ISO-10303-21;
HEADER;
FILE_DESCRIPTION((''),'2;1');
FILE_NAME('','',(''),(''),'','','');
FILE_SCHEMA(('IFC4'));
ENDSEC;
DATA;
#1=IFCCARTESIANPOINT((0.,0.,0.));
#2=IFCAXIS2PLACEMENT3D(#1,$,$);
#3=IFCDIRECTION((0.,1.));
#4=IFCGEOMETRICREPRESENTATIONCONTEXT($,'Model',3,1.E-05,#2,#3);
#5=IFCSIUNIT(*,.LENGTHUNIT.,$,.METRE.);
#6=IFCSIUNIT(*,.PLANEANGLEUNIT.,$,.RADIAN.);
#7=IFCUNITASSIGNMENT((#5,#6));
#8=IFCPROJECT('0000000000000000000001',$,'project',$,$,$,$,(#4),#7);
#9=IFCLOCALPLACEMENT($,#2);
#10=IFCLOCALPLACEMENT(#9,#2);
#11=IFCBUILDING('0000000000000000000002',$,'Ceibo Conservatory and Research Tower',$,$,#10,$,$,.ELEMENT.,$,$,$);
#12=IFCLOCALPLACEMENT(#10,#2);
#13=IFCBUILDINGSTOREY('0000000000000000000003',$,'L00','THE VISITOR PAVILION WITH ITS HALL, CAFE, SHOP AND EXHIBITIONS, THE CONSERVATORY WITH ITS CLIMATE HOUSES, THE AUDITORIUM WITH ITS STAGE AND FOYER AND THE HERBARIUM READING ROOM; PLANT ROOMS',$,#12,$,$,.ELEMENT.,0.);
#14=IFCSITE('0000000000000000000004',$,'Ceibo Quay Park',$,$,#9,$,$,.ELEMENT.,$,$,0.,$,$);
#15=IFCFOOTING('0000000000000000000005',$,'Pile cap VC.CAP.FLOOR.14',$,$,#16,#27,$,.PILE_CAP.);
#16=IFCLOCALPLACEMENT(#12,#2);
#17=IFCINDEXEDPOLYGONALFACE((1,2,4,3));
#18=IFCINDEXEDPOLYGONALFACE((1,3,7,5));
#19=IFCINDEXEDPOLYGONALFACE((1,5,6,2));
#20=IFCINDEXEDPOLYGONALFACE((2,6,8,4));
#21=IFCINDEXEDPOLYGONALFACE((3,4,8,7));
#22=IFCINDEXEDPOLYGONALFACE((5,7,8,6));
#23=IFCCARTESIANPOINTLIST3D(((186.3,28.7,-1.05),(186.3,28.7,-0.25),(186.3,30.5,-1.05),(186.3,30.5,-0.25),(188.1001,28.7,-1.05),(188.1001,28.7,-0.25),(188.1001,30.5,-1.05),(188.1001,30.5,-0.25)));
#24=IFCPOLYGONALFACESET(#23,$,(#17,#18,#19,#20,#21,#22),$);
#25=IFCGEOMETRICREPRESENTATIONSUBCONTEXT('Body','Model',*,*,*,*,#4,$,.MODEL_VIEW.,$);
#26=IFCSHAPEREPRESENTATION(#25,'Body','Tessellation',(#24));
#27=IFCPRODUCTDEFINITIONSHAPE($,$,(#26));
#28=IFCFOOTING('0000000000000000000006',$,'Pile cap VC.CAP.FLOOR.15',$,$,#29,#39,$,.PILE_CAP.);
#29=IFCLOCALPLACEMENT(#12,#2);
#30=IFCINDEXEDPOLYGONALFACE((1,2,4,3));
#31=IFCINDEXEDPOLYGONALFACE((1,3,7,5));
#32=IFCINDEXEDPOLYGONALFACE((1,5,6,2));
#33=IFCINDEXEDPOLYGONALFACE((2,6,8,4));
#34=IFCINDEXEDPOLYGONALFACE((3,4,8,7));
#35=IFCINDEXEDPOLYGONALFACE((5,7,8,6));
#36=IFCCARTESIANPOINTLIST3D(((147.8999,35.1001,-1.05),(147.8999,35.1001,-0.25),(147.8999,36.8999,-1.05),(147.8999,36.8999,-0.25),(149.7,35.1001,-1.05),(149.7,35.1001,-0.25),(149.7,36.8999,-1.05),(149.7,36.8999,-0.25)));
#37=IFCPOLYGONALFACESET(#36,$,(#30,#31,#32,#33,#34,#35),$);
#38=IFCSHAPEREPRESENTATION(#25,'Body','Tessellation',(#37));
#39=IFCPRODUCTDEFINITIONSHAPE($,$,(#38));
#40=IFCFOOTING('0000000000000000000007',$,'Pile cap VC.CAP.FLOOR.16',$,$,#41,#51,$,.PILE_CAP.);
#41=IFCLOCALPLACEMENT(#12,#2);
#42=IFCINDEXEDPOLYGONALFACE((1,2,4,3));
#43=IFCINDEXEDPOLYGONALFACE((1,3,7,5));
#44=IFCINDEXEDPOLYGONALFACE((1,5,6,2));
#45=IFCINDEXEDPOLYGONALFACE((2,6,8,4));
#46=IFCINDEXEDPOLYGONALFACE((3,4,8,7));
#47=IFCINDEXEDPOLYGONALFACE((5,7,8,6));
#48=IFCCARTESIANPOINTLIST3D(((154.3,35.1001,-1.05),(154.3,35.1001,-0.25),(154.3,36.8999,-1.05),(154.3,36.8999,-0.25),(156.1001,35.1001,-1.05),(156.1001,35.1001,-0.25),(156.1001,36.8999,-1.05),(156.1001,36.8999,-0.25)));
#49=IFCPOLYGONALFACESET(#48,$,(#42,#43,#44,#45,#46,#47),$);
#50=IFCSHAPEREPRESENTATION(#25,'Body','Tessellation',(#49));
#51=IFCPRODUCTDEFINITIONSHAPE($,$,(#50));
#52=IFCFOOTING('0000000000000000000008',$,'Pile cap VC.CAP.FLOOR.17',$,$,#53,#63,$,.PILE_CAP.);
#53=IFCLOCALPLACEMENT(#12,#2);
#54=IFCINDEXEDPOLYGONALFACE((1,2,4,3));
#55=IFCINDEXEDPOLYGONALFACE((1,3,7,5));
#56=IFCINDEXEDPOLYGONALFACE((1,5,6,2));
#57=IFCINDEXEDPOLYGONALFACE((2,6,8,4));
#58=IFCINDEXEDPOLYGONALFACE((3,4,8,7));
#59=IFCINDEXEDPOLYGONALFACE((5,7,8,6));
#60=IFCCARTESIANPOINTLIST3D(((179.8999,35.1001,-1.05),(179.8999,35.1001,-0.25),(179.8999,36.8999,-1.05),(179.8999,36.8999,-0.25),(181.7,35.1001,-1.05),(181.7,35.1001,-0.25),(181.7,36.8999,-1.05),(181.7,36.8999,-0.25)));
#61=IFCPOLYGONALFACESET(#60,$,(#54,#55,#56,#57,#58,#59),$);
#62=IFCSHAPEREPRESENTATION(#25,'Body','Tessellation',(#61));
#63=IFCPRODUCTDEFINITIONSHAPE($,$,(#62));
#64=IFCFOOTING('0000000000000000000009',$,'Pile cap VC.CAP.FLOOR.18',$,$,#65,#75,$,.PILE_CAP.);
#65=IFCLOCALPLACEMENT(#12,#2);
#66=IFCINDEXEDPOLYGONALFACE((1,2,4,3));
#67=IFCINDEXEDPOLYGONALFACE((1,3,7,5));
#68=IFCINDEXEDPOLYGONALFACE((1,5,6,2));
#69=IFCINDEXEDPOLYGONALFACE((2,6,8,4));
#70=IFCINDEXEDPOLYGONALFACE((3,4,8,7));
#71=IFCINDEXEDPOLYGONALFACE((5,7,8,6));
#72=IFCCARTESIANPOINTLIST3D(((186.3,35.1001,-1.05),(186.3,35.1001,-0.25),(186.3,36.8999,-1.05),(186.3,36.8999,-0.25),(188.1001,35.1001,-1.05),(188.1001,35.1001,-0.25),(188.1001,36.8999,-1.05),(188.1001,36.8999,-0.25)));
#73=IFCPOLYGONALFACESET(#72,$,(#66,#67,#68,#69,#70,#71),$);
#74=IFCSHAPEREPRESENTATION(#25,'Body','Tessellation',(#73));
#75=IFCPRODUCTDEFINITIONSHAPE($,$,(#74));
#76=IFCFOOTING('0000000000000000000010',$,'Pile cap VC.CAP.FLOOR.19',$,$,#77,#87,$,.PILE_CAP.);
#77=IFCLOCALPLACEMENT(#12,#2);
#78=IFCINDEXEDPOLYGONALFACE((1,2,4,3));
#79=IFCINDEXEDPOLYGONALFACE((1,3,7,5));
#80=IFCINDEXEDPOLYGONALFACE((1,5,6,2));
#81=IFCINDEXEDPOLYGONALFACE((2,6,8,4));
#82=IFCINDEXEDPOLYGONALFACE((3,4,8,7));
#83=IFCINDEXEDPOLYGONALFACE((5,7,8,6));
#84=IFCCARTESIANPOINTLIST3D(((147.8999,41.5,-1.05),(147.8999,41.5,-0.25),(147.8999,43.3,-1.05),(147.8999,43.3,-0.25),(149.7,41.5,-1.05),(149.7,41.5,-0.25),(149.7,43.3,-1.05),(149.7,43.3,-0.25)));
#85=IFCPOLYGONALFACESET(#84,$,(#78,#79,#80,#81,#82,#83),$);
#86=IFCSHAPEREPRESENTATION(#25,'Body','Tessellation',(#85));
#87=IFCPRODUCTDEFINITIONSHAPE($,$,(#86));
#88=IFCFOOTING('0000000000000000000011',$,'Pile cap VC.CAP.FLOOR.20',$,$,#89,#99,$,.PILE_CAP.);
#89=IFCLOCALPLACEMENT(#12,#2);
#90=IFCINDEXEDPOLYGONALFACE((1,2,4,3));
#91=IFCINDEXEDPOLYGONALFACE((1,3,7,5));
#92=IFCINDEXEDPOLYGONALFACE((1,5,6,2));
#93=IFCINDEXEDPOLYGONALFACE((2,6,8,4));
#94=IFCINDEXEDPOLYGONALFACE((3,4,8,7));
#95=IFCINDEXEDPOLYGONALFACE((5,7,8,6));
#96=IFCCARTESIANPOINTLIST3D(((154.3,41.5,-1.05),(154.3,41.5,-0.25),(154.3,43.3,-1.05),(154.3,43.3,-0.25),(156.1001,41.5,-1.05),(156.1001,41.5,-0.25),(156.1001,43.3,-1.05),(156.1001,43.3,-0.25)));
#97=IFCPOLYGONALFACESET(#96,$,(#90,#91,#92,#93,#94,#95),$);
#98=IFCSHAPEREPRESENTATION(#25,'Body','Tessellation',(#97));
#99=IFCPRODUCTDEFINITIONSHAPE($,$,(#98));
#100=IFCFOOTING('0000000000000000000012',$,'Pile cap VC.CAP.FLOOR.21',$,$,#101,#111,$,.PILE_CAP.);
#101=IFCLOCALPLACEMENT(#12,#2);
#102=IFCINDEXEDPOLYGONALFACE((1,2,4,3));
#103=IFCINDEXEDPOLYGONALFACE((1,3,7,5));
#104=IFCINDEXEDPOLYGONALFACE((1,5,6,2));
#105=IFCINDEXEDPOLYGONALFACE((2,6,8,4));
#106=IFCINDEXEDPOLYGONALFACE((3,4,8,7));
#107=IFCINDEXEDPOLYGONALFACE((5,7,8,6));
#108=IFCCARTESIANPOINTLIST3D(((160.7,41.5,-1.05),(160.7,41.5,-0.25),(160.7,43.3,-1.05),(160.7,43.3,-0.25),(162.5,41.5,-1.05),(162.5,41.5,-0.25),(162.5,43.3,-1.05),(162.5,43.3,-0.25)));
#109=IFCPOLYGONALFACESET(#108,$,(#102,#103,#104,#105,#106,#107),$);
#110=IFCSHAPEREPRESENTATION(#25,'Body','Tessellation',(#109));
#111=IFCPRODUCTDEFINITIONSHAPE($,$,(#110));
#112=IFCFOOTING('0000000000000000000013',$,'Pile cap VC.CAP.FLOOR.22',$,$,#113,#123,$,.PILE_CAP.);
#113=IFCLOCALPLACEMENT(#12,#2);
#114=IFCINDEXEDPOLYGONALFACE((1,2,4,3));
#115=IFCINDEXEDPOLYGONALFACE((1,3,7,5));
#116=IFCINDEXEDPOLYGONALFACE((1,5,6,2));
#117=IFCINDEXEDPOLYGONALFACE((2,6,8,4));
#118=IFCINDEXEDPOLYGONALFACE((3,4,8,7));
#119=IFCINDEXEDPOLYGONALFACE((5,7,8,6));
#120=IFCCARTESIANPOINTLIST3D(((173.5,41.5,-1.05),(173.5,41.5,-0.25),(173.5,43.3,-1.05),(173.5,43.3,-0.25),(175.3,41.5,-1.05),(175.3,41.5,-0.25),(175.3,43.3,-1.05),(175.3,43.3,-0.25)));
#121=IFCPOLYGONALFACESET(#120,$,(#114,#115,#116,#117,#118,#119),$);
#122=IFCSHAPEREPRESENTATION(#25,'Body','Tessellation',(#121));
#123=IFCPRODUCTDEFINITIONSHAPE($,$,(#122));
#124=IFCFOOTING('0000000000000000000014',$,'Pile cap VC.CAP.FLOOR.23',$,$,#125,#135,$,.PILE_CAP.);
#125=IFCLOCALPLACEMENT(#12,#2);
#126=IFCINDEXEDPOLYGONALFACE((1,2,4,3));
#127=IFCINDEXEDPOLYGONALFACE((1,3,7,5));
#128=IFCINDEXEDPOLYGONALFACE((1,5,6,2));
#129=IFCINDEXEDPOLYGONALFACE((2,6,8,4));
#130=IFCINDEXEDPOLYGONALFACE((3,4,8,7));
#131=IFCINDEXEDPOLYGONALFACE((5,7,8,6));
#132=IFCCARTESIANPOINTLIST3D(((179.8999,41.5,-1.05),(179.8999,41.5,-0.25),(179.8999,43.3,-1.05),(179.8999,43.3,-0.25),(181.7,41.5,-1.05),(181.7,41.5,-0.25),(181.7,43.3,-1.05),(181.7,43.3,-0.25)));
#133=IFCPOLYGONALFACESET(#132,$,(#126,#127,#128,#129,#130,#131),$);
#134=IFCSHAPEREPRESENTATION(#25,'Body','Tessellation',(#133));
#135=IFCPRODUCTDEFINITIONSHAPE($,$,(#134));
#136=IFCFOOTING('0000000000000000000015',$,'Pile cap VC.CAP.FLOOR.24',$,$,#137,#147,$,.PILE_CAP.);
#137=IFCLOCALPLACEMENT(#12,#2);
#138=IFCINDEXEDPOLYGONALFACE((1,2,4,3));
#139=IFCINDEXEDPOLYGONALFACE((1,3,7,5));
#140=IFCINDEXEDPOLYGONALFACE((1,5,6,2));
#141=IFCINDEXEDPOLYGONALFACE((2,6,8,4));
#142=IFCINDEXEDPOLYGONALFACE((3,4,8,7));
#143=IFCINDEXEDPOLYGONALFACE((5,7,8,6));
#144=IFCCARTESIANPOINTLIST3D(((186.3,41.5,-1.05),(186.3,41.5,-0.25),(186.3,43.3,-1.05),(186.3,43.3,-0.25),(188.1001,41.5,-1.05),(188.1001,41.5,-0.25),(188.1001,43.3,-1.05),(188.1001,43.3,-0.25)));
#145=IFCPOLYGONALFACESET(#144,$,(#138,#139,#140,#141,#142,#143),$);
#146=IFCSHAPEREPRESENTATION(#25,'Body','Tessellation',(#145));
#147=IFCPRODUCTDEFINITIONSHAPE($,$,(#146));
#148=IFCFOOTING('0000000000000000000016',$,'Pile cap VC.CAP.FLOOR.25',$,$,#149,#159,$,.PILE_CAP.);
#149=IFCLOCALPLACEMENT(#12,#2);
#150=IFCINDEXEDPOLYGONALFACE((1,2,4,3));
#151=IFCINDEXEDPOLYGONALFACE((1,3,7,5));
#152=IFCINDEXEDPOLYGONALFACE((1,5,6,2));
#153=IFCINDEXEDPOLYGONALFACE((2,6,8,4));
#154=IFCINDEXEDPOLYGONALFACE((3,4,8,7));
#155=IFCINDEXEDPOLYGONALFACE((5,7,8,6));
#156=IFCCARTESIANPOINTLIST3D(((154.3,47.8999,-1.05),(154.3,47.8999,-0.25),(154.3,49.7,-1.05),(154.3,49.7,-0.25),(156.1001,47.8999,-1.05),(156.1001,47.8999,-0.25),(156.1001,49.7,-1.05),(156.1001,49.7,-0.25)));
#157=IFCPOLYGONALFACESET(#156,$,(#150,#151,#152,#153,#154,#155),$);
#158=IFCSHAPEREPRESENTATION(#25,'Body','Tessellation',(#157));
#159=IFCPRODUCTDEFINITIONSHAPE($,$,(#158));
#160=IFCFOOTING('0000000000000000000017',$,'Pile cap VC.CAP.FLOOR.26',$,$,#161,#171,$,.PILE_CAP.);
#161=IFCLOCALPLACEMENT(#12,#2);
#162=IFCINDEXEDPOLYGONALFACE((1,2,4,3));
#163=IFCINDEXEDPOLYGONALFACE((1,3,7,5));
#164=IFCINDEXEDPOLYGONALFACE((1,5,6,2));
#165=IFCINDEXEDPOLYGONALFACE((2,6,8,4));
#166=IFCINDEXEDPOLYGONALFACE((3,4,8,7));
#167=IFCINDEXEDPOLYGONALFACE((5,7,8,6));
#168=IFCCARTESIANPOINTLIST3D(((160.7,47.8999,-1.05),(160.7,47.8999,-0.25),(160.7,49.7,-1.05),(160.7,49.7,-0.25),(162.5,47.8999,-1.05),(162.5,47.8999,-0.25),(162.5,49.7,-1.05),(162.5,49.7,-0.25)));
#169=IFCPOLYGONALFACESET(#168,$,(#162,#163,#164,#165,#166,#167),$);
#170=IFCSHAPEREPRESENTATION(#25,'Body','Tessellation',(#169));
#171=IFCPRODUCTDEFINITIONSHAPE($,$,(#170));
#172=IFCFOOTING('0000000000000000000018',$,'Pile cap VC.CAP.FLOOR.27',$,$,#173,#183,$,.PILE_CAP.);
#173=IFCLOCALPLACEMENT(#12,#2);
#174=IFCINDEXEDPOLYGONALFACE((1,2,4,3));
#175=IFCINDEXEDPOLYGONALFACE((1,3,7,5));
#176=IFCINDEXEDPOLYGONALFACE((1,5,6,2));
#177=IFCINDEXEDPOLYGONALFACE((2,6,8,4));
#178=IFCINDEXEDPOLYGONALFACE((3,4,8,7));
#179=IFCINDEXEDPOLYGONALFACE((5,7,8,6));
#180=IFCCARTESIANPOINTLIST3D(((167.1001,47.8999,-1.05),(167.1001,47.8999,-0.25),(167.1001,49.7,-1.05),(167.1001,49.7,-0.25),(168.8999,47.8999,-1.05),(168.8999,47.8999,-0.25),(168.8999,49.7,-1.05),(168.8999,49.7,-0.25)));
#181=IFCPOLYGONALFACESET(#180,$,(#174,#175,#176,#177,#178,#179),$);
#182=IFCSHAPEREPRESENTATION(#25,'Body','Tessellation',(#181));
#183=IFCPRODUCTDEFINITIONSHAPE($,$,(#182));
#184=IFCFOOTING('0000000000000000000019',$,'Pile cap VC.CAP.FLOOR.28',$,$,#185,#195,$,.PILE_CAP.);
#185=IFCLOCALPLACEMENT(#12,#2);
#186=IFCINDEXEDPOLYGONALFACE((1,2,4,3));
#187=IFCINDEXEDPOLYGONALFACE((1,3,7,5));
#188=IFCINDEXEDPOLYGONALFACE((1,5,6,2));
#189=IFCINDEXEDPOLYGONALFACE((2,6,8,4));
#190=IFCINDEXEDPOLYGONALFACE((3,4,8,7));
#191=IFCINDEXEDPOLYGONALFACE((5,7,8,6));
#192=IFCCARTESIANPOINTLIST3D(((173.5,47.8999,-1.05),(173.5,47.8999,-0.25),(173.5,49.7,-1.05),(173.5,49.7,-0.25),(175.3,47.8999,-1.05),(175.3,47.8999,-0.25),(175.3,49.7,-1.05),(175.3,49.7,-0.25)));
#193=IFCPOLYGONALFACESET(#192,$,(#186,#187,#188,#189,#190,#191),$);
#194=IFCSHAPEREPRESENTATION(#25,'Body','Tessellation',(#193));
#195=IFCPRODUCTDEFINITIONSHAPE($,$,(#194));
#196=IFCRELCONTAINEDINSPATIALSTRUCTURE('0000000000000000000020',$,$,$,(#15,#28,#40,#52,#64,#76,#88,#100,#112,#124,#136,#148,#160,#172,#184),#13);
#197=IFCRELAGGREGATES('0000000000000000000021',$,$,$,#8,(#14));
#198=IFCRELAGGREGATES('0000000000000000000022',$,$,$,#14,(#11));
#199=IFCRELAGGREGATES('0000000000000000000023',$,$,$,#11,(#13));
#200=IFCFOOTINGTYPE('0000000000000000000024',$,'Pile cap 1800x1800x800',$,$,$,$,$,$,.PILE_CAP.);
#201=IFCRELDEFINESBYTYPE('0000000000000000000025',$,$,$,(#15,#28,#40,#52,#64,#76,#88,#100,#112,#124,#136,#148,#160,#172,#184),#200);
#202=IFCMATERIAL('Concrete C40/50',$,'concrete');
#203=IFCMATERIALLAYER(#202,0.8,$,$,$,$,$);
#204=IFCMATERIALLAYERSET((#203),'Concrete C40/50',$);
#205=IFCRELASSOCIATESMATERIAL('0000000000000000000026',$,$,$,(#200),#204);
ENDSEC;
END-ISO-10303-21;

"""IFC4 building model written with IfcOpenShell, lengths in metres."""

from ifc_helpers import new_model, si_unit, direction, frame, origin, place, context, subcontext, project, spatial, polyline, outline, extrude, material, layer, layer_set, type_object, element, save


model = new_model("IFC4")

# Units and contexts
model_context = context("Model", 3, precision=1e-05, world=origin(), true_north=direction((0.0, 1.0)))
body_context = subcontext(model_context, "Body", "Model", "MODEL_VIEW")
ifc_project = project(units=[si_unit("LENGTHUNIT", "METRE"), si_unit("PLANEANGLEUNIT", "RADIAN")], contexts=[model_context])

# Site, building, storey
site_placement = place(None, origin())
site = spatial("IfcSite", under=ifc_project, at=site_placement, Name="Ceibo Quay Park", CompositionType="ELEMENT", RefElevation=0.0)
building_placement = place(site_placement, origin())
building = spatial("IfcBuilding", under=site, at=building_placement, Name="Ceibo Conservatory and Research Tower", CompositionType="ELEMENT")
storey_placement = place(building_placement, origin())
storey = spatial("IfcBuildingStorey", under=building, at=storey_placement, Name="L00", Description="THE VISITOR PAVILION WITH ITS HALL, CAFE, SHOP AND EXHIBITIONS, THE CONSERVATORY WITH ITS CLIMATE HOUSES, THE AUDITORIUM WITH ITS STAGE AND FOYER AND THE HERBARIUM READING ROOM; PLANT ROOMS", CompositionType="ELEMENT", Elevation=0.0)

# Footings
ifc_material = material(Name="Concrete C40/50", Category="concrete")
ifc_layer_1 = layer(ifc_material, 0.8)
ifc_layer_set_1 = layer_set([ifc_layer_1], Name="Concrete C40/50")
footing_type_1 = type_object("IfcFootingType", Name="Pile cap 1800x1800x800", PredefinedType="PILE_CAP", material=ifc_layer_set_1)
footing_1_placement = place(storey_placement, frame((0.0, 0.0, -1.05)))
element("IfcFooting", 1, at=footing_1_placement, inside=storey, type_object=footing_type_1, Name="Pile cap VC.CAP.FLOOR.14", PredefinedType="PILE_CAP", context=body_context, shape_type="SweptSolid", body=[
    extrude(outline(polyline([(186.3, 28.7), (188.1001, 28.7), (188.1001, 30.5), (186.3, 30.5), (186.3, 28.7)])), origin(), (0.0, 0.0, 1.0), 0.8),
])
footing_2_placement = place(storey_placement, frame((0.0, 0.0, -1.05)))
element("IfcFooting", 2, at=footing_2_placement, inside=storey, type_object=footing_type_1, Name="Pile cap VC.CAP.FLOOR.15", PredefinedType="PILE_CAP", context=body_context, shape_type="SweptSolid", body=[
    extrude(outline(polyline([(147.8999, 35.1001), (149.7, 35.1001), (149.7, 36.8999), (147.8999, 36.8999), (147.8999, 35.1001)])), origin(), (0.0, 0.0, 1.0), 0.8),
])
footing_3_placement = place(storey_placement, frame((0.0, 0.0, -1.05)))
element("IfcFooting", 3, at=footing_3_placement, inside=storey, type_object=footing_type_1, Name="Pile cap VC.CAP.FLOOR.16", PredefinedType="PILE_CAP", context=body_context, shape_type="SweptSolid", body=[
    extrude(outline(polyline([(154.3, 35.1001), (156.1001, 35.1001), (156.1001, 36.8999), (154.3, 36.8999), (154.3, 35.1001)])), origin(), (0.0, 0.0, 1.0), 0.8),
])
footing_4_placement = place(storey_placement, frame((0.0, 0.0, -1.05)))
element("IfcFooting", 4, at=footing_4_placement, inside=storey, type_object=footing_type_1, Name="Pile cap VC.CAP.FLOOR.17", PredefinedType="PILE_CAP", context=body_context, shape_type="SweptSolid", body=[
    extrude(outline(polyline([(179.8999, 35.1001), (181.7, 35.1001), (181.7, 36.8999), (179.8999, 36.8999), (179.8999, 35.1001)])), origin(), (0.0, 0.0, 1.0), 0.8),
])
footing_5_placement = place(storey_placement, frame((0.0, 0.0, -1.05)))
element("IfcFooting", 5, at=footing_5_placement, inside=storey, type_object=footing_type_1, Name="Pile cap VC.CAP.FLOOR.18", PredefinedType="PILE_CAP", context=body_context, shape_type="SweptSolid", body=[
    extrude(outline(polyline([(186.3, 35.1001), (188.1001, 35.1001), (188.1001, 36.8999), (186.3, 36.8999), (186.3, 35.1001)])), origin(), (0.0, 0.0, 1.0), 0.8),
])
footing_6_placement = place(storey_placement, frame((0.0, 0.0, -1.05)))
element("IfcFooting", 6, at=footing_6_placement, inside=storey, type_object=footing_type_1, Name="Pile cap VC.CAP.FLOOR.19", PredefinedType="PILE_CAP", context=body_context, shape_type="SweptSolid", body=[
    extrude(outline(polyline([(147.8999, 41.5), (149.7, 41.5), (149.7, 43.3), (147.8999, 43.3), (147.8999, 41.5)])), origin(), (0.0, 0.0, 1.0), 0.8),
])
footing_7_placement = place(storey_placement, frame((0.0, 0.0, -1.05)))
element("IfcFooting", 7, at=footing_7_placement, inside=storey, type_object=footing_type_1, Name="Pile cap VC.CAP.FLOOR.20", PredefinedType="PILE_CAP", context=body_context, shape_type="SweptSolid", body=[
    extrude(outline(polyline([(154.3, 41.5), (156.1001, 41.5), (156.1001, 43.3), (154.3, 43.3), (154.3, 41.5)])), origin(), (0.0, 0.0, 1.0), 0.8),
])
footing_8_placement = place(storey_placement, frame((0.0, 0.0, -1.05)))
element("IfcFooting", 8, at=footing_8_placement, inside=storey, type_object=footing_type_1, Name="Pile cap VC.CAP.FLOOR.21", PredefinedType="PILE_CAP", context=body_context, shape_type="SweptSolid", body=[
    extrude(outline(polyline([(160.7, 41.5), (162.5, 41.5), (162.5, 43.3), (160.7, 43.3), (160.7, 41.5)])), origin(), (0.0, 0.0, 1.0), 0.8),
])
footing_9_placement = place(storey_placement, frame((0.0, 0.0, -1.05)))
element("IfcFooting", 9, at=footing_9_placement, inside=storey, type_object=footing_type_1, Name="Pile cap VC.CAP.FLOOR.22", PredefinedType="PILE_CAP", context=body_context, shape_type="SweptSolid", body=[
    extrude(outline(polyline([(173.5, 41.5), (175.3, 41.5), (175.3, 43.3), (173.5, 43.3), (173.5, 41.5)])), origin(), (0.0, 0.0, 1.0), 0.8),
])
footing_10_placement = place(storey_placement, frame((0.0, 0.0, -1.05)))
element("IfcFooting", 10, at=footing_10_placement, inside=storey, type_object=footing_type_1, Name="Pile cap VC.CAP.FLOOR.23", PredefinedType="PILE_CAP", context=body_context, shape_type="SweptSolid", body=[
    extrude(outline(polyline([(179.8999, 41.5), (181.7, 41.5), (181.7, 43.3), (179.8999, 43.3), (179.8999, 41.5)])), origin(), (0.0, 0.0, 1.0), 0.8),
])
footing_11_placement = place(storey_placement, frame((0.0, 0.0, -1.05)))
element("IfcFooting", 11, at=footing_11_placement, inside=storey, type_object=footing_type_1, Name="Pile cap VC.CAP.FLOOR.24", PredefinedType="PILE_CAP", context=body_context, shape_type="SweptSolid", body=[
    extrude(outline(polyline([(186.3, 41.5), (188.1001, 41.5), (188.1001, 43.3), (186.3, 43.3), (186.3, 41.5)])), origin(), (0.0, 0.0, 1.0), 0.8),
])
footing_12_placement = place(storey_placement, frame((0.0, 0.0, -1.05)))
element("IfcFooting", 12, at=footing_12_placement, inside=storey, type_object=footing_type_1, Name="Pile cap VC.CAP.FLOOR.25", PredefinedType="PILE_CAP", context=body_context, shape_type="SweptSolid", body=[
    extrude(outline(polyline([(154.3, 47.8999), (156.1001, 47.8999), (156.1001, 49.7), (154.3, 49.7), (154.3, 47.8999)])), origin(), (0.0, 0.0, 1.0), 0.8),
])
footing_13_placement = place(storey_placement, frame((0.0, 0.0, -1.05)))
element("IfcFooting", 13, at=footing_13_placement, inside=storey, type_object=footing_type_1, Name="Pile cap VC.CAP.FLOOR.26", PredefinedType="PILE_CAP", context=body_context, shape_type="SweptSolid", body=[
    extrude(outline(polyline([(160.7, 47.8999), (162.5, 47.8999), (162.5, 49.7), (160.7, 49.7), (160.7, 47.8999)])), origin(), (0.0, 0.0, 1.0), 0.8),
])
footing_14_placement = place(storey_placement, frame((0.0, 0.0, -1.05)))
element("IfcFooting", 14, at=footing_14_placement, inside=storey, type_object=footing_type_1, Name="Pile cap VC.CAP.FLOOR.27", PredefinedType="PILE_CAP", context=body_context, shape_type="SweptSolid", body=[
    extrude(outline(polyline([(167.1001, 47.8999), (168.8999, 47.8999), (168.8999, 49.7), (167.1001, 49.7), (167.1001, 47.8999)])), origin(), (0.0, 0.0, 1.0), 0.8),
])
footing_15_placement = place(storey_placement, frame((0.0, 0.0, -1.05)))
element("IfcFooting", 15, at=footing_15_placement, inside=storey, type_object=footing_type_1, Name="Pile cap VC.CAP.FLOOR.28", PredefinedType="PILE_CAP", context=body_context, shape_type="SweptSolid", body=[
    extrude(outline(polyline([(173.5, 47.8999), (175.3, 47.8999), (175.3, 49.7), (173.5, 49.7), (173.5, 47.8999)])), origin(), (0.0, 0.0, 1.0), 0.8),
])

save(model, "model.ifc")
